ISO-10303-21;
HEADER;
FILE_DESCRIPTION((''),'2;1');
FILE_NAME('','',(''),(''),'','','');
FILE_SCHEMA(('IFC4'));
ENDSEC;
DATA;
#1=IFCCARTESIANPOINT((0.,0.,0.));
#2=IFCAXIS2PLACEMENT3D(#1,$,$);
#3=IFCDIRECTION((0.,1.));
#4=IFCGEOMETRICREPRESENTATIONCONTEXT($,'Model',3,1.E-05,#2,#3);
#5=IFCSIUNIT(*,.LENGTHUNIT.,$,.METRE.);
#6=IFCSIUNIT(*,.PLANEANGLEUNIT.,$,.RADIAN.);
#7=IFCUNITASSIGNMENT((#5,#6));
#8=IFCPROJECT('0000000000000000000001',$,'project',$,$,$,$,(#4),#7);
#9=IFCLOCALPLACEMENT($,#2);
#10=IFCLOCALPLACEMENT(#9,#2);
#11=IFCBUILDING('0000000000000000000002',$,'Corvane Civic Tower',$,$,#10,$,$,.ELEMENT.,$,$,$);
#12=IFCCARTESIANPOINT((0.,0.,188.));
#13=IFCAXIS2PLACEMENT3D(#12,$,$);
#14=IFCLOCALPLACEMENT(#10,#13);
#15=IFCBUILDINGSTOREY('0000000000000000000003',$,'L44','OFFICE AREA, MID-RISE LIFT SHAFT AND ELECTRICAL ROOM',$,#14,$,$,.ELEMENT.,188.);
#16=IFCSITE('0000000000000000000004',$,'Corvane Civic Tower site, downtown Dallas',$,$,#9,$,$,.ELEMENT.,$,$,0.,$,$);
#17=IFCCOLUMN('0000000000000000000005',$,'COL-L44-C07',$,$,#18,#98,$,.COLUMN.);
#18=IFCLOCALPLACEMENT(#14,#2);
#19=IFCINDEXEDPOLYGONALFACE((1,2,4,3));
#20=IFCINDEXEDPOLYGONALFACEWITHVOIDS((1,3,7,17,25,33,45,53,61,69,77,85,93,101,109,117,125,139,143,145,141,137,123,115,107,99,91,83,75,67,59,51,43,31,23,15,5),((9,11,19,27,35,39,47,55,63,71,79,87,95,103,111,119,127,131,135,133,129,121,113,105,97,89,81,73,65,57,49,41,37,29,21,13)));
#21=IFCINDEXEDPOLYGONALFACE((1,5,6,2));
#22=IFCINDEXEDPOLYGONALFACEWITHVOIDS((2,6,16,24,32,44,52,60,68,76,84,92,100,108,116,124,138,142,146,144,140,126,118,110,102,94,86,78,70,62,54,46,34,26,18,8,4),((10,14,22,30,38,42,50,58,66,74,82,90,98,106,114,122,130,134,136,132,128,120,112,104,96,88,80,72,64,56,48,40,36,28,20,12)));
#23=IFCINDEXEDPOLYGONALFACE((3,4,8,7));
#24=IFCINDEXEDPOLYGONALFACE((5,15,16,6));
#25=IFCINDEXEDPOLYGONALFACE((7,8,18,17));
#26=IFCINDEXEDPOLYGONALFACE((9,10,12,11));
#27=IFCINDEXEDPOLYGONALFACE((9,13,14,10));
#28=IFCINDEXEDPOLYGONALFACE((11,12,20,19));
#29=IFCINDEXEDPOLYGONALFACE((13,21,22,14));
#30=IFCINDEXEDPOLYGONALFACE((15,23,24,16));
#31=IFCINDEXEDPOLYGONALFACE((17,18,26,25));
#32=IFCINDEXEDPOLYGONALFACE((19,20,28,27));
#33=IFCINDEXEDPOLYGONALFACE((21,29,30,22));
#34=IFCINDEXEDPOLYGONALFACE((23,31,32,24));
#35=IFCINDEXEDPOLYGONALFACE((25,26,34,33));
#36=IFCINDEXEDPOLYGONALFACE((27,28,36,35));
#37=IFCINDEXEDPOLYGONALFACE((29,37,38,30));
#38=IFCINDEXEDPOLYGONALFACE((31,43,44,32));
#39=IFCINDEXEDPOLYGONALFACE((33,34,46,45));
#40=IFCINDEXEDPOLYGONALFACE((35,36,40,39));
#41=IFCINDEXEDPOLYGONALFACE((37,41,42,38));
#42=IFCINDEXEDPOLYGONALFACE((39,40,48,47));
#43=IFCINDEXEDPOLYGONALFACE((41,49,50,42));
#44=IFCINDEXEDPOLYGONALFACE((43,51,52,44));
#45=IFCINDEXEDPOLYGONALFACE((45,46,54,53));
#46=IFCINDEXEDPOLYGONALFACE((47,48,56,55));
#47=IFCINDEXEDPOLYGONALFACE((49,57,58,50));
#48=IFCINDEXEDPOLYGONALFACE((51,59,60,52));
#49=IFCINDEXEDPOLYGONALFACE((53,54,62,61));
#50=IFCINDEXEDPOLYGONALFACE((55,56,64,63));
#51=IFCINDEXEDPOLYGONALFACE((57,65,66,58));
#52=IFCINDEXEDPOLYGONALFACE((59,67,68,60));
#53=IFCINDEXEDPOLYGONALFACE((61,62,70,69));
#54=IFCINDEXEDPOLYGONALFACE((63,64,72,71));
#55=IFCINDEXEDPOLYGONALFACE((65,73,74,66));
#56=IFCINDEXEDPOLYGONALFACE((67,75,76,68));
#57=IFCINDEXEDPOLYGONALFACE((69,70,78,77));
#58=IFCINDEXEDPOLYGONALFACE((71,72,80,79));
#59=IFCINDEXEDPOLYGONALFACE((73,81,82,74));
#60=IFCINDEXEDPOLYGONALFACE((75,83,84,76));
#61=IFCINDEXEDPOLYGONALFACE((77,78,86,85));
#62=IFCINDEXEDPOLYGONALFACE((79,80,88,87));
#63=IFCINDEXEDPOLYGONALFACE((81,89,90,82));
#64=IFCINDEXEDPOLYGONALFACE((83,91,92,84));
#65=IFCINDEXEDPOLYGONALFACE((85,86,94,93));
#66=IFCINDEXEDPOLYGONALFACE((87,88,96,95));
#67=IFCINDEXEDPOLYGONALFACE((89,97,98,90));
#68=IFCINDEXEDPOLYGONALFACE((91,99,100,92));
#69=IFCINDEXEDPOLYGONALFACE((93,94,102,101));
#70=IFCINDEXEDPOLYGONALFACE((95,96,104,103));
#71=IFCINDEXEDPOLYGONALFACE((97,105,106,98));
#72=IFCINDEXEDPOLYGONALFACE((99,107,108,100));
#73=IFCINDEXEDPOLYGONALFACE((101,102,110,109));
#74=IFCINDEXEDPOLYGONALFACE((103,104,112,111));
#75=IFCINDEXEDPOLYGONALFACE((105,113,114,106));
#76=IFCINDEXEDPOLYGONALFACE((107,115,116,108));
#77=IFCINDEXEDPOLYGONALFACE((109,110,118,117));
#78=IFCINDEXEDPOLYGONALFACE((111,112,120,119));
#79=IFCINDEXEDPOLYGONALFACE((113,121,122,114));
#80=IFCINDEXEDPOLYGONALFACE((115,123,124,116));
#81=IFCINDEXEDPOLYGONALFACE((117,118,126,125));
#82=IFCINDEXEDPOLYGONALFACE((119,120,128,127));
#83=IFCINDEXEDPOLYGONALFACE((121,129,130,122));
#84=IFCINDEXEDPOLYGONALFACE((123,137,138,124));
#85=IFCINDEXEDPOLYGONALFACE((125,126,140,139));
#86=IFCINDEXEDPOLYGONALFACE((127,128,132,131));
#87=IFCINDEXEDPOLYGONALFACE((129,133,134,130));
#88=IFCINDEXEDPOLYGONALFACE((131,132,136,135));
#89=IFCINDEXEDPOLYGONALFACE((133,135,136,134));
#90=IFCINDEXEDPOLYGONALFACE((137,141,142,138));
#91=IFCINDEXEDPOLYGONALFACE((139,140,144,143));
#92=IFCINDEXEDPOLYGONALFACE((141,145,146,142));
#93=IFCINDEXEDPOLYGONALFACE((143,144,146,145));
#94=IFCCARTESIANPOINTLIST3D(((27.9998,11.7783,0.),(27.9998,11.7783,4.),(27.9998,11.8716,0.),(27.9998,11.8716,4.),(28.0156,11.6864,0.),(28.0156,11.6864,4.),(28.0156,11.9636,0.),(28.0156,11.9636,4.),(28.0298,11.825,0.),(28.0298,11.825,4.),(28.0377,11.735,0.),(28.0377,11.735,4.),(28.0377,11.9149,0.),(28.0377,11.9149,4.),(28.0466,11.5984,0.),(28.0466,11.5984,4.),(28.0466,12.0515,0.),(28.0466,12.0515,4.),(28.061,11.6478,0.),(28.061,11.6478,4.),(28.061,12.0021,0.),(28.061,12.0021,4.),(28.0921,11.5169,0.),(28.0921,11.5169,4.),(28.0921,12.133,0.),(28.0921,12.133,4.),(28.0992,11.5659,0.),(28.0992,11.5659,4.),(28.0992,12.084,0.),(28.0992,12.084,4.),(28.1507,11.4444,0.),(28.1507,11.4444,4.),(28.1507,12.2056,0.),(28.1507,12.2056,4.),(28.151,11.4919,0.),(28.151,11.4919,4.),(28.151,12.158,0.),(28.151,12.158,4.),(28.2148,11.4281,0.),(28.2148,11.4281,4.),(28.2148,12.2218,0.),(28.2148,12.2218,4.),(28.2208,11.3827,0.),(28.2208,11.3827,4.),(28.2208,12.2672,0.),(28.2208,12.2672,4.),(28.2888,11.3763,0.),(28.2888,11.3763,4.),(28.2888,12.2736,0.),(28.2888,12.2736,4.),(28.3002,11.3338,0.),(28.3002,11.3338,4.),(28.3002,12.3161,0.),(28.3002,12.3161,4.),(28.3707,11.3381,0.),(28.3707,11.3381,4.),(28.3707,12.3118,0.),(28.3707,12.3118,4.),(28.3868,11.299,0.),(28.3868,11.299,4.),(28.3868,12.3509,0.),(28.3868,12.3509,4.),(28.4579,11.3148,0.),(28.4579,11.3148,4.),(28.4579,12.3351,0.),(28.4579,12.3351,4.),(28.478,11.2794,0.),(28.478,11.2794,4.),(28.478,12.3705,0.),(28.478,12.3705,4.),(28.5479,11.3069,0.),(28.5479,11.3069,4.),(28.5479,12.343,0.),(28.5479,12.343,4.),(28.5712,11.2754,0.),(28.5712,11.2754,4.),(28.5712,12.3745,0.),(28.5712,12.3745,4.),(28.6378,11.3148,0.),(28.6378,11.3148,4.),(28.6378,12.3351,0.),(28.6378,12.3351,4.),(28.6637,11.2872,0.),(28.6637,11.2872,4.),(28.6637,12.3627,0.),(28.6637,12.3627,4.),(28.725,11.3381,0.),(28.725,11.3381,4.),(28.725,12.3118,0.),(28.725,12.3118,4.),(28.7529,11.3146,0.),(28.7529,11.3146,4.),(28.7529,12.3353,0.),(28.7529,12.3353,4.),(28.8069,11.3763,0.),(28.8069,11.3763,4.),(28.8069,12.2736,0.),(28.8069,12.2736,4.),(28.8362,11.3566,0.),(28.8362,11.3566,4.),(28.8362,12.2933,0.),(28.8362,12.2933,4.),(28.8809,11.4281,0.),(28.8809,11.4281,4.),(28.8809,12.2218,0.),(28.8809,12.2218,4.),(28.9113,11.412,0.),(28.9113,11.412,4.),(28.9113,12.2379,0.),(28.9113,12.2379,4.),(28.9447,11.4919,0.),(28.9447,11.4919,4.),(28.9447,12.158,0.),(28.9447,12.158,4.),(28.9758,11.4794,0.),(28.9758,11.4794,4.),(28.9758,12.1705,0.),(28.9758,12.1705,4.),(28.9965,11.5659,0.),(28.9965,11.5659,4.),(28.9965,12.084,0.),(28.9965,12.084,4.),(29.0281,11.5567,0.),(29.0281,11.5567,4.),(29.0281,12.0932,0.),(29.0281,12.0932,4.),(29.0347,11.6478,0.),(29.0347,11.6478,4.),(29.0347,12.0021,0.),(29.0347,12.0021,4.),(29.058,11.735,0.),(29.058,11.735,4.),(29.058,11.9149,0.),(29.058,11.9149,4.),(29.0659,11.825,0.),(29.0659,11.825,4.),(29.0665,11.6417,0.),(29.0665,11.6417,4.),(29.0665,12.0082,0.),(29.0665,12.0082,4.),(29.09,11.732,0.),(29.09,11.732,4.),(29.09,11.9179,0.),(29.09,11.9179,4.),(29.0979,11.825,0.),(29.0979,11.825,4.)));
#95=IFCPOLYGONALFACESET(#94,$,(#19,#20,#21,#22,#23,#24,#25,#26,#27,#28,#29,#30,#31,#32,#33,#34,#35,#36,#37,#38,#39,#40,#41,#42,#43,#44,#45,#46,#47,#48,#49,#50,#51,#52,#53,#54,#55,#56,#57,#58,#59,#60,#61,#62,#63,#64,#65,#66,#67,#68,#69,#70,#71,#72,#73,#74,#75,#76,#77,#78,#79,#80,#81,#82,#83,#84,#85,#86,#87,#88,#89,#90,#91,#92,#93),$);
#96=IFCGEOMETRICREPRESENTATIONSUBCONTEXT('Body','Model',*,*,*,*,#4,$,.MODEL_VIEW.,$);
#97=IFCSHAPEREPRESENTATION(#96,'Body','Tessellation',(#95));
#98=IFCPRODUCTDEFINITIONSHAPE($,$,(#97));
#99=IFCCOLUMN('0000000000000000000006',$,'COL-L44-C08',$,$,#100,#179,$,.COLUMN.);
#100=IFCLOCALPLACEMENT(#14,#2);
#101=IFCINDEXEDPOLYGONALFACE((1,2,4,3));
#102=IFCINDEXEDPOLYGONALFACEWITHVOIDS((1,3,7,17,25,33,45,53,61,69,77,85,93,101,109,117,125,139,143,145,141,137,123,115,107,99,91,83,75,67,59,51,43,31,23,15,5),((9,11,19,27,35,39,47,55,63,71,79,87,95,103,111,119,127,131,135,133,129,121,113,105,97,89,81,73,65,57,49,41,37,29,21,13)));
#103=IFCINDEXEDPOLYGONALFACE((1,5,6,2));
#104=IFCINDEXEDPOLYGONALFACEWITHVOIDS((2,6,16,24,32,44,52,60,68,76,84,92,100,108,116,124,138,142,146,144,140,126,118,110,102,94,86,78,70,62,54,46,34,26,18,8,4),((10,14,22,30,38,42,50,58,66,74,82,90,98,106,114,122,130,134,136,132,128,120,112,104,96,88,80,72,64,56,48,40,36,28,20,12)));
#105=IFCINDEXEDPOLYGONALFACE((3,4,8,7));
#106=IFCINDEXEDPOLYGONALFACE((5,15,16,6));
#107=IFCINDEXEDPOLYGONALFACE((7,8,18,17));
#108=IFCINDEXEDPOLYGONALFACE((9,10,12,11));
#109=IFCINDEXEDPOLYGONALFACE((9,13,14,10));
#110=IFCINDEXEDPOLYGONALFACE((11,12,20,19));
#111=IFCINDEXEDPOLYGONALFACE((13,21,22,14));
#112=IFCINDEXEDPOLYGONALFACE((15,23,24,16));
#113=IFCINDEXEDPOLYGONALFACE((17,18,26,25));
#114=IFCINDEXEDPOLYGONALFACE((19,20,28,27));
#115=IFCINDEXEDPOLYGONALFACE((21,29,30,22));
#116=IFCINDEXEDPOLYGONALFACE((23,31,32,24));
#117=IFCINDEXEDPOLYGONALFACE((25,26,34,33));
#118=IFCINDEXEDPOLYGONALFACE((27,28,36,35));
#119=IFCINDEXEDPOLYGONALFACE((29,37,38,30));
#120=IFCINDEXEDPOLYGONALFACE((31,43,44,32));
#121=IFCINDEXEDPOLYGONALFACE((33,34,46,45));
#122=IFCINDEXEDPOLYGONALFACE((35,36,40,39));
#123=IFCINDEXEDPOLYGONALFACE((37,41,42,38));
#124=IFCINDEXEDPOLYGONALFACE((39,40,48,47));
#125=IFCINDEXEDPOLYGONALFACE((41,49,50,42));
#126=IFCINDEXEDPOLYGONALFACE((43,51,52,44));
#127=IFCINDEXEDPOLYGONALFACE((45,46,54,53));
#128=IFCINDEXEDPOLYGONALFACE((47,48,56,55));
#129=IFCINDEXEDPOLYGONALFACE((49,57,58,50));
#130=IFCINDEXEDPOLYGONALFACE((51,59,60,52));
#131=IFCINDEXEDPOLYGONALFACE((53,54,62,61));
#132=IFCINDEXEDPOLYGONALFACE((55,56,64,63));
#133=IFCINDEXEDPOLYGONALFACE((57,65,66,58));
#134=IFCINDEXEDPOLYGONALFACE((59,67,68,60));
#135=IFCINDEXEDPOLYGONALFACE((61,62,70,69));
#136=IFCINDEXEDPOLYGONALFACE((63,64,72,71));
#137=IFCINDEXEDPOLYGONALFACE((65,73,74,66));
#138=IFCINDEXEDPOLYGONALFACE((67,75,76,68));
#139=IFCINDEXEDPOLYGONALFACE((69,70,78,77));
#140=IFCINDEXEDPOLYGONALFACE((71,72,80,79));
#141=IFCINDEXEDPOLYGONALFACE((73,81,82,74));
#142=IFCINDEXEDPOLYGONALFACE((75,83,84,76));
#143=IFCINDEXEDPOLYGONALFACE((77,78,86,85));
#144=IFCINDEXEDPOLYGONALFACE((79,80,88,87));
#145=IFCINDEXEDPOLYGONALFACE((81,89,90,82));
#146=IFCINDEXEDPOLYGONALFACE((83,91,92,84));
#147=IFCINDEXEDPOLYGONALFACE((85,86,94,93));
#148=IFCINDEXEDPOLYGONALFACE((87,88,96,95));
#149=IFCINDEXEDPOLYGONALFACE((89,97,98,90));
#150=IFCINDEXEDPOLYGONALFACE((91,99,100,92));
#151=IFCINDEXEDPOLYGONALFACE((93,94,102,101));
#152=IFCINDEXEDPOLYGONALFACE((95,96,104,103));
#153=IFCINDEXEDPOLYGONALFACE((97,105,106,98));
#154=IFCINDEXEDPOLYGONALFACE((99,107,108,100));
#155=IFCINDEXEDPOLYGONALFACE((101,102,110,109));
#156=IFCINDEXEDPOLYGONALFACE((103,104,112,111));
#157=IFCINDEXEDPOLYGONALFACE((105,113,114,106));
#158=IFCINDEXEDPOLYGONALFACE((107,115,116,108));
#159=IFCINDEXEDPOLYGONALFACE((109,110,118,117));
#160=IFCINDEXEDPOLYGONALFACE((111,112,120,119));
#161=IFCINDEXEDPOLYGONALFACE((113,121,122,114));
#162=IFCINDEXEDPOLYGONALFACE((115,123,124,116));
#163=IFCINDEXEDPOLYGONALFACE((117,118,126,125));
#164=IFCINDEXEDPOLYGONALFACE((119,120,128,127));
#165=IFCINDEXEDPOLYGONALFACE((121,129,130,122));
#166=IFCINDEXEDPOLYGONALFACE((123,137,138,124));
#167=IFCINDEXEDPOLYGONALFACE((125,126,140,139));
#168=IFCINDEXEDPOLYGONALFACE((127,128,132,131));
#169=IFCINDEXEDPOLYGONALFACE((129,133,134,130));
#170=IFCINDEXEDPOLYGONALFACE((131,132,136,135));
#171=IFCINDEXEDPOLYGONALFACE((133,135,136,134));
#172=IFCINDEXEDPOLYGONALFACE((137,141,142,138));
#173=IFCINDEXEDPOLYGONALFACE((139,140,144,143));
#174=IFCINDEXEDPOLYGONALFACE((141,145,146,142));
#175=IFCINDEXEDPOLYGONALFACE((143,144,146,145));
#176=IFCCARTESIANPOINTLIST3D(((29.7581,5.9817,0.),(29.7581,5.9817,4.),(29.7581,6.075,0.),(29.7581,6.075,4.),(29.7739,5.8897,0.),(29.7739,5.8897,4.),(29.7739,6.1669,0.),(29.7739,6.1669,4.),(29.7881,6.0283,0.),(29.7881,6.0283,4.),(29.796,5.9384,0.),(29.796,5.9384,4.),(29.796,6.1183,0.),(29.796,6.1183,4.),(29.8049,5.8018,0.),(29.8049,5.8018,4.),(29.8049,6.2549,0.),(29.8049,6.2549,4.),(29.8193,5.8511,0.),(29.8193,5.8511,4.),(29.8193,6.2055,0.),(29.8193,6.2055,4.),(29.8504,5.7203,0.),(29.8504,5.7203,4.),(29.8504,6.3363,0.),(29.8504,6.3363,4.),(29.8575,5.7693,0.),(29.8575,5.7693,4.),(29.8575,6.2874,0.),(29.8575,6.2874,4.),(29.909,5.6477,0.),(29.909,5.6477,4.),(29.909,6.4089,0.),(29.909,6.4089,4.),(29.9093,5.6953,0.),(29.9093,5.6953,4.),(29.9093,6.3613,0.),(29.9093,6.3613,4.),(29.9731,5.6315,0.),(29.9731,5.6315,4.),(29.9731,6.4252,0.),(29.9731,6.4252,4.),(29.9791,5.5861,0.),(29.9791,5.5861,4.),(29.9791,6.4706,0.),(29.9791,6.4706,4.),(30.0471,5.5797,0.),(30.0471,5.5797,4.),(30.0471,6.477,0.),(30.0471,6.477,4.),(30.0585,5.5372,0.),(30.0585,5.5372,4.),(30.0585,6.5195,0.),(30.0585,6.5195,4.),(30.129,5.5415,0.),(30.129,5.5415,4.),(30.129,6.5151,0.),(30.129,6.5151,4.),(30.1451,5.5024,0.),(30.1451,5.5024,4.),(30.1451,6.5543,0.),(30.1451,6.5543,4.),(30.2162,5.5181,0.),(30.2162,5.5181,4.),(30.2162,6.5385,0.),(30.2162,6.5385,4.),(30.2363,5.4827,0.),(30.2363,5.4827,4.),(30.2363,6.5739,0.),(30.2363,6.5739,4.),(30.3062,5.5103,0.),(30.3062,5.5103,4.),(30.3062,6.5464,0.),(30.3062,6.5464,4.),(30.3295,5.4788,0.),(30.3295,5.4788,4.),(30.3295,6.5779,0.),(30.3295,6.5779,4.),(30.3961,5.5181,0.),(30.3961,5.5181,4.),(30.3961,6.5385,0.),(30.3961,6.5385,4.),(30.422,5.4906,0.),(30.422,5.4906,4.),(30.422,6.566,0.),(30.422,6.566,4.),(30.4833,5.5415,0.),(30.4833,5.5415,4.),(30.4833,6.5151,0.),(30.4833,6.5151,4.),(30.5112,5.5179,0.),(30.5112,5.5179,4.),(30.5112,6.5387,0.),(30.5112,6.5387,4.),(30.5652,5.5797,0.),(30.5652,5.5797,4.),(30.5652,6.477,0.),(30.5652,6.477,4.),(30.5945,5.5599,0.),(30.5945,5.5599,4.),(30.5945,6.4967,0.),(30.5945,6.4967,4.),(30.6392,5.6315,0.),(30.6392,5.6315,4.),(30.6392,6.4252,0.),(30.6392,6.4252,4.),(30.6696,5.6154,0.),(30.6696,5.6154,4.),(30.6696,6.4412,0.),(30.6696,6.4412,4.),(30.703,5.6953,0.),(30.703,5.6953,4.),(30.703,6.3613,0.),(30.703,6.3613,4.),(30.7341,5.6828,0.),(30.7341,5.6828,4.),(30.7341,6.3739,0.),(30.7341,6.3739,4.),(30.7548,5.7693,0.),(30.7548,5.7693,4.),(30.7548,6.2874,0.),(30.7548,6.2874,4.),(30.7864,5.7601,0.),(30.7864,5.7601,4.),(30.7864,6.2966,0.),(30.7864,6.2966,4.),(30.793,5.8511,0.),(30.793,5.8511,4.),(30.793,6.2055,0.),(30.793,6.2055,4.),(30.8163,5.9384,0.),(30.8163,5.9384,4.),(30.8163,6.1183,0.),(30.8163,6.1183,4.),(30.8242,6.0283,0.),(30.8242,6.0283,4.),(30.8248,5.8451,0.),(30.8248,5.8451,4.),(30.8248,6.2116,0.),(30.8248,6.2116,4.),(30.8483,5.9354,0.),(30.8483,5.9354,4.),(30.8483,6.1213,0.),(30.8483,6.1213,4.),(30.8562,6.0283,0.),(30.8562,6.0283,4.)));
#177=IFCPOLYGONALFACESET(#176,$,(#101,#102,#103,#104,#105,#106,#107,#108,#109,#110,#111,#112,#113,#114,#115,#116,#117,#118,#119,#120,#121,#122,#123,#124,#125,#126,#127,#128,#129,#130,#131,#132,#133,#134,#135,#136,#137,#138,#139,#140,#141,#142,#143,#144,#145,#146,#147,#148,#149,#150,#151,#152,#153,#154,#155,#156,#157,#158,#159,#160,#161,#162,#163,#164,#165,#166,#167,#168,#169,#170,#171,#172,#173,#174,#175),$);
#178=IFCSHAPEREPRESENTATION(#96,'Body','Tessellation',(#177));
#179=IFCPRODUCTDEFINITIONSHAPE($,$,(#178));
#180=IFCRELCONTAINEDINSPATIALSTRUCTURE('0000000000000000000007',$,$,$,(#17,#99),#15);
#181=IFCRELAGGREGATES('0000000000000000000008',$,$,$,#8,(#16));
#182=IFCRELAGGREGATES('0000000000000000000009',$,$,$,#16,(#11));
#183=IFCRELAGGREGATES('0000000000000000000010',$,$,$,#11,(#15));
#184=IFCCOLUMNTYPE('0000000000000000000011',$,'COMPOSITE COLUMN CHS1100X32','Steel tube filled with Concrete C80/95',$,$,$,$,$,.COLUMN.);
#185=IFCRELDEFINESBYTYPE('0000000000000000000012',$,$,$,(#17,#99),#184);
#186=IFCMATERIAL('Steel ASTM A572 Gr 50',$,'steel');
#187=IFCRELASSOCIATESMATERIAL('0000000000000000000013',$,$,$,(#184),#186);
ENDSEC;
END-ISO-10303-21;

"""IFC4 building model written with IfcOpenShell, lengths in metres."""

from ifc_helpers import new_model, si_unit, direction, frame, origin, origin_2d, place, context, subcontext, project, spatial, hollow_circle, extrude, material, material_profile, profile_set, type_object, element, save


model = new_model("IFC4")

# Units and contexts
model_context = context("Model", 3, precision=1e-05, world=origin(), true_north=direction((0.0, 1.0)))
body_context = subcontext(model_context, "Body", "Model", "MODEL_VIEW")
ifc_project = project(units=[si_unit("LENGTHUNIT", "METRE"), si_unit("PLANEANGLEUNIT", "RADIAN")], contexts=[model_context])

# Site, building, storey
site_placement = place(None, origin())
site = spatial("IfcSite", under=ifc_project, at=site_placement, Name="Corvane Civic Tower site, downtown Dallas", CompositionType="ELEMENT", RefElevation=0.0)
building_placement = place(site_placement, origin())
building = spatial("IfcBuilding", under=site, at=building_placement, Name="Corvane Civic Tower", CompositionType="ELEMENT")
storey_placement = place(building_placement, frame((0.0, 0.0, 188.0)))
storey = spatial("IfcBuildingStorey", under=building, at=storey_placement, Name="L44", Description="OFFICE AREA, MID-RISE LIFT SHAFT AND ELECTRICAL ROOM", CompositionType="ELEMENT", Elevation=188.0)

# Columns
ifc_material_1 = material(Name="Steel ASTM A572 Gr 50", Category="steel")
ifc_material_profile_1 = material_profile(ifc_material_1, hollow_circle(Radius=0.55, WallThickness=0.032, at=origin_2d()), Name="CHS1100X32")
ifc_profile_set_1 = profile_set([ifc_material_profile_1], Name="Steel ASTM A572 Gr 50")
column_type = type_object("IfcColumnType", Name="COMPOSITE COLUMN CHS1100X32", Description="Steel tube filled with Concrete C80/95", PredefinedType="COLUMN", material=ifc_profile_set_1)
for number, where, z_axis, x_axis, name in (
    (1, (28.5479, 11.825, 0.0), (0.0, 0.0, 1.0), (1.0, 0.0, 0.0), "COL-L44-C07"),
    (2, (30.3062, 6.0283, 0.0), (0.0, 0.0, 1.0), (1.0, 0.0, 0.0), "COL-L44-C08"),
):
    element("IfcColumn", number, at=place(storey_placement, frame(where, z_axis=z_axis, x_axis=x_axis)), inside=storey, type_object=column_type, Name=name, PredefinedType="COLUMN", context=body_context, shape_type="SweptSolid", body=[
        extrude(hollow_circle(Radius=0.55, WallThickness=0.032, at=origin_2d()), origin(), (0.0, 0.0, 1.0), 4.0),
    ])

save(model, "model.ifc")
